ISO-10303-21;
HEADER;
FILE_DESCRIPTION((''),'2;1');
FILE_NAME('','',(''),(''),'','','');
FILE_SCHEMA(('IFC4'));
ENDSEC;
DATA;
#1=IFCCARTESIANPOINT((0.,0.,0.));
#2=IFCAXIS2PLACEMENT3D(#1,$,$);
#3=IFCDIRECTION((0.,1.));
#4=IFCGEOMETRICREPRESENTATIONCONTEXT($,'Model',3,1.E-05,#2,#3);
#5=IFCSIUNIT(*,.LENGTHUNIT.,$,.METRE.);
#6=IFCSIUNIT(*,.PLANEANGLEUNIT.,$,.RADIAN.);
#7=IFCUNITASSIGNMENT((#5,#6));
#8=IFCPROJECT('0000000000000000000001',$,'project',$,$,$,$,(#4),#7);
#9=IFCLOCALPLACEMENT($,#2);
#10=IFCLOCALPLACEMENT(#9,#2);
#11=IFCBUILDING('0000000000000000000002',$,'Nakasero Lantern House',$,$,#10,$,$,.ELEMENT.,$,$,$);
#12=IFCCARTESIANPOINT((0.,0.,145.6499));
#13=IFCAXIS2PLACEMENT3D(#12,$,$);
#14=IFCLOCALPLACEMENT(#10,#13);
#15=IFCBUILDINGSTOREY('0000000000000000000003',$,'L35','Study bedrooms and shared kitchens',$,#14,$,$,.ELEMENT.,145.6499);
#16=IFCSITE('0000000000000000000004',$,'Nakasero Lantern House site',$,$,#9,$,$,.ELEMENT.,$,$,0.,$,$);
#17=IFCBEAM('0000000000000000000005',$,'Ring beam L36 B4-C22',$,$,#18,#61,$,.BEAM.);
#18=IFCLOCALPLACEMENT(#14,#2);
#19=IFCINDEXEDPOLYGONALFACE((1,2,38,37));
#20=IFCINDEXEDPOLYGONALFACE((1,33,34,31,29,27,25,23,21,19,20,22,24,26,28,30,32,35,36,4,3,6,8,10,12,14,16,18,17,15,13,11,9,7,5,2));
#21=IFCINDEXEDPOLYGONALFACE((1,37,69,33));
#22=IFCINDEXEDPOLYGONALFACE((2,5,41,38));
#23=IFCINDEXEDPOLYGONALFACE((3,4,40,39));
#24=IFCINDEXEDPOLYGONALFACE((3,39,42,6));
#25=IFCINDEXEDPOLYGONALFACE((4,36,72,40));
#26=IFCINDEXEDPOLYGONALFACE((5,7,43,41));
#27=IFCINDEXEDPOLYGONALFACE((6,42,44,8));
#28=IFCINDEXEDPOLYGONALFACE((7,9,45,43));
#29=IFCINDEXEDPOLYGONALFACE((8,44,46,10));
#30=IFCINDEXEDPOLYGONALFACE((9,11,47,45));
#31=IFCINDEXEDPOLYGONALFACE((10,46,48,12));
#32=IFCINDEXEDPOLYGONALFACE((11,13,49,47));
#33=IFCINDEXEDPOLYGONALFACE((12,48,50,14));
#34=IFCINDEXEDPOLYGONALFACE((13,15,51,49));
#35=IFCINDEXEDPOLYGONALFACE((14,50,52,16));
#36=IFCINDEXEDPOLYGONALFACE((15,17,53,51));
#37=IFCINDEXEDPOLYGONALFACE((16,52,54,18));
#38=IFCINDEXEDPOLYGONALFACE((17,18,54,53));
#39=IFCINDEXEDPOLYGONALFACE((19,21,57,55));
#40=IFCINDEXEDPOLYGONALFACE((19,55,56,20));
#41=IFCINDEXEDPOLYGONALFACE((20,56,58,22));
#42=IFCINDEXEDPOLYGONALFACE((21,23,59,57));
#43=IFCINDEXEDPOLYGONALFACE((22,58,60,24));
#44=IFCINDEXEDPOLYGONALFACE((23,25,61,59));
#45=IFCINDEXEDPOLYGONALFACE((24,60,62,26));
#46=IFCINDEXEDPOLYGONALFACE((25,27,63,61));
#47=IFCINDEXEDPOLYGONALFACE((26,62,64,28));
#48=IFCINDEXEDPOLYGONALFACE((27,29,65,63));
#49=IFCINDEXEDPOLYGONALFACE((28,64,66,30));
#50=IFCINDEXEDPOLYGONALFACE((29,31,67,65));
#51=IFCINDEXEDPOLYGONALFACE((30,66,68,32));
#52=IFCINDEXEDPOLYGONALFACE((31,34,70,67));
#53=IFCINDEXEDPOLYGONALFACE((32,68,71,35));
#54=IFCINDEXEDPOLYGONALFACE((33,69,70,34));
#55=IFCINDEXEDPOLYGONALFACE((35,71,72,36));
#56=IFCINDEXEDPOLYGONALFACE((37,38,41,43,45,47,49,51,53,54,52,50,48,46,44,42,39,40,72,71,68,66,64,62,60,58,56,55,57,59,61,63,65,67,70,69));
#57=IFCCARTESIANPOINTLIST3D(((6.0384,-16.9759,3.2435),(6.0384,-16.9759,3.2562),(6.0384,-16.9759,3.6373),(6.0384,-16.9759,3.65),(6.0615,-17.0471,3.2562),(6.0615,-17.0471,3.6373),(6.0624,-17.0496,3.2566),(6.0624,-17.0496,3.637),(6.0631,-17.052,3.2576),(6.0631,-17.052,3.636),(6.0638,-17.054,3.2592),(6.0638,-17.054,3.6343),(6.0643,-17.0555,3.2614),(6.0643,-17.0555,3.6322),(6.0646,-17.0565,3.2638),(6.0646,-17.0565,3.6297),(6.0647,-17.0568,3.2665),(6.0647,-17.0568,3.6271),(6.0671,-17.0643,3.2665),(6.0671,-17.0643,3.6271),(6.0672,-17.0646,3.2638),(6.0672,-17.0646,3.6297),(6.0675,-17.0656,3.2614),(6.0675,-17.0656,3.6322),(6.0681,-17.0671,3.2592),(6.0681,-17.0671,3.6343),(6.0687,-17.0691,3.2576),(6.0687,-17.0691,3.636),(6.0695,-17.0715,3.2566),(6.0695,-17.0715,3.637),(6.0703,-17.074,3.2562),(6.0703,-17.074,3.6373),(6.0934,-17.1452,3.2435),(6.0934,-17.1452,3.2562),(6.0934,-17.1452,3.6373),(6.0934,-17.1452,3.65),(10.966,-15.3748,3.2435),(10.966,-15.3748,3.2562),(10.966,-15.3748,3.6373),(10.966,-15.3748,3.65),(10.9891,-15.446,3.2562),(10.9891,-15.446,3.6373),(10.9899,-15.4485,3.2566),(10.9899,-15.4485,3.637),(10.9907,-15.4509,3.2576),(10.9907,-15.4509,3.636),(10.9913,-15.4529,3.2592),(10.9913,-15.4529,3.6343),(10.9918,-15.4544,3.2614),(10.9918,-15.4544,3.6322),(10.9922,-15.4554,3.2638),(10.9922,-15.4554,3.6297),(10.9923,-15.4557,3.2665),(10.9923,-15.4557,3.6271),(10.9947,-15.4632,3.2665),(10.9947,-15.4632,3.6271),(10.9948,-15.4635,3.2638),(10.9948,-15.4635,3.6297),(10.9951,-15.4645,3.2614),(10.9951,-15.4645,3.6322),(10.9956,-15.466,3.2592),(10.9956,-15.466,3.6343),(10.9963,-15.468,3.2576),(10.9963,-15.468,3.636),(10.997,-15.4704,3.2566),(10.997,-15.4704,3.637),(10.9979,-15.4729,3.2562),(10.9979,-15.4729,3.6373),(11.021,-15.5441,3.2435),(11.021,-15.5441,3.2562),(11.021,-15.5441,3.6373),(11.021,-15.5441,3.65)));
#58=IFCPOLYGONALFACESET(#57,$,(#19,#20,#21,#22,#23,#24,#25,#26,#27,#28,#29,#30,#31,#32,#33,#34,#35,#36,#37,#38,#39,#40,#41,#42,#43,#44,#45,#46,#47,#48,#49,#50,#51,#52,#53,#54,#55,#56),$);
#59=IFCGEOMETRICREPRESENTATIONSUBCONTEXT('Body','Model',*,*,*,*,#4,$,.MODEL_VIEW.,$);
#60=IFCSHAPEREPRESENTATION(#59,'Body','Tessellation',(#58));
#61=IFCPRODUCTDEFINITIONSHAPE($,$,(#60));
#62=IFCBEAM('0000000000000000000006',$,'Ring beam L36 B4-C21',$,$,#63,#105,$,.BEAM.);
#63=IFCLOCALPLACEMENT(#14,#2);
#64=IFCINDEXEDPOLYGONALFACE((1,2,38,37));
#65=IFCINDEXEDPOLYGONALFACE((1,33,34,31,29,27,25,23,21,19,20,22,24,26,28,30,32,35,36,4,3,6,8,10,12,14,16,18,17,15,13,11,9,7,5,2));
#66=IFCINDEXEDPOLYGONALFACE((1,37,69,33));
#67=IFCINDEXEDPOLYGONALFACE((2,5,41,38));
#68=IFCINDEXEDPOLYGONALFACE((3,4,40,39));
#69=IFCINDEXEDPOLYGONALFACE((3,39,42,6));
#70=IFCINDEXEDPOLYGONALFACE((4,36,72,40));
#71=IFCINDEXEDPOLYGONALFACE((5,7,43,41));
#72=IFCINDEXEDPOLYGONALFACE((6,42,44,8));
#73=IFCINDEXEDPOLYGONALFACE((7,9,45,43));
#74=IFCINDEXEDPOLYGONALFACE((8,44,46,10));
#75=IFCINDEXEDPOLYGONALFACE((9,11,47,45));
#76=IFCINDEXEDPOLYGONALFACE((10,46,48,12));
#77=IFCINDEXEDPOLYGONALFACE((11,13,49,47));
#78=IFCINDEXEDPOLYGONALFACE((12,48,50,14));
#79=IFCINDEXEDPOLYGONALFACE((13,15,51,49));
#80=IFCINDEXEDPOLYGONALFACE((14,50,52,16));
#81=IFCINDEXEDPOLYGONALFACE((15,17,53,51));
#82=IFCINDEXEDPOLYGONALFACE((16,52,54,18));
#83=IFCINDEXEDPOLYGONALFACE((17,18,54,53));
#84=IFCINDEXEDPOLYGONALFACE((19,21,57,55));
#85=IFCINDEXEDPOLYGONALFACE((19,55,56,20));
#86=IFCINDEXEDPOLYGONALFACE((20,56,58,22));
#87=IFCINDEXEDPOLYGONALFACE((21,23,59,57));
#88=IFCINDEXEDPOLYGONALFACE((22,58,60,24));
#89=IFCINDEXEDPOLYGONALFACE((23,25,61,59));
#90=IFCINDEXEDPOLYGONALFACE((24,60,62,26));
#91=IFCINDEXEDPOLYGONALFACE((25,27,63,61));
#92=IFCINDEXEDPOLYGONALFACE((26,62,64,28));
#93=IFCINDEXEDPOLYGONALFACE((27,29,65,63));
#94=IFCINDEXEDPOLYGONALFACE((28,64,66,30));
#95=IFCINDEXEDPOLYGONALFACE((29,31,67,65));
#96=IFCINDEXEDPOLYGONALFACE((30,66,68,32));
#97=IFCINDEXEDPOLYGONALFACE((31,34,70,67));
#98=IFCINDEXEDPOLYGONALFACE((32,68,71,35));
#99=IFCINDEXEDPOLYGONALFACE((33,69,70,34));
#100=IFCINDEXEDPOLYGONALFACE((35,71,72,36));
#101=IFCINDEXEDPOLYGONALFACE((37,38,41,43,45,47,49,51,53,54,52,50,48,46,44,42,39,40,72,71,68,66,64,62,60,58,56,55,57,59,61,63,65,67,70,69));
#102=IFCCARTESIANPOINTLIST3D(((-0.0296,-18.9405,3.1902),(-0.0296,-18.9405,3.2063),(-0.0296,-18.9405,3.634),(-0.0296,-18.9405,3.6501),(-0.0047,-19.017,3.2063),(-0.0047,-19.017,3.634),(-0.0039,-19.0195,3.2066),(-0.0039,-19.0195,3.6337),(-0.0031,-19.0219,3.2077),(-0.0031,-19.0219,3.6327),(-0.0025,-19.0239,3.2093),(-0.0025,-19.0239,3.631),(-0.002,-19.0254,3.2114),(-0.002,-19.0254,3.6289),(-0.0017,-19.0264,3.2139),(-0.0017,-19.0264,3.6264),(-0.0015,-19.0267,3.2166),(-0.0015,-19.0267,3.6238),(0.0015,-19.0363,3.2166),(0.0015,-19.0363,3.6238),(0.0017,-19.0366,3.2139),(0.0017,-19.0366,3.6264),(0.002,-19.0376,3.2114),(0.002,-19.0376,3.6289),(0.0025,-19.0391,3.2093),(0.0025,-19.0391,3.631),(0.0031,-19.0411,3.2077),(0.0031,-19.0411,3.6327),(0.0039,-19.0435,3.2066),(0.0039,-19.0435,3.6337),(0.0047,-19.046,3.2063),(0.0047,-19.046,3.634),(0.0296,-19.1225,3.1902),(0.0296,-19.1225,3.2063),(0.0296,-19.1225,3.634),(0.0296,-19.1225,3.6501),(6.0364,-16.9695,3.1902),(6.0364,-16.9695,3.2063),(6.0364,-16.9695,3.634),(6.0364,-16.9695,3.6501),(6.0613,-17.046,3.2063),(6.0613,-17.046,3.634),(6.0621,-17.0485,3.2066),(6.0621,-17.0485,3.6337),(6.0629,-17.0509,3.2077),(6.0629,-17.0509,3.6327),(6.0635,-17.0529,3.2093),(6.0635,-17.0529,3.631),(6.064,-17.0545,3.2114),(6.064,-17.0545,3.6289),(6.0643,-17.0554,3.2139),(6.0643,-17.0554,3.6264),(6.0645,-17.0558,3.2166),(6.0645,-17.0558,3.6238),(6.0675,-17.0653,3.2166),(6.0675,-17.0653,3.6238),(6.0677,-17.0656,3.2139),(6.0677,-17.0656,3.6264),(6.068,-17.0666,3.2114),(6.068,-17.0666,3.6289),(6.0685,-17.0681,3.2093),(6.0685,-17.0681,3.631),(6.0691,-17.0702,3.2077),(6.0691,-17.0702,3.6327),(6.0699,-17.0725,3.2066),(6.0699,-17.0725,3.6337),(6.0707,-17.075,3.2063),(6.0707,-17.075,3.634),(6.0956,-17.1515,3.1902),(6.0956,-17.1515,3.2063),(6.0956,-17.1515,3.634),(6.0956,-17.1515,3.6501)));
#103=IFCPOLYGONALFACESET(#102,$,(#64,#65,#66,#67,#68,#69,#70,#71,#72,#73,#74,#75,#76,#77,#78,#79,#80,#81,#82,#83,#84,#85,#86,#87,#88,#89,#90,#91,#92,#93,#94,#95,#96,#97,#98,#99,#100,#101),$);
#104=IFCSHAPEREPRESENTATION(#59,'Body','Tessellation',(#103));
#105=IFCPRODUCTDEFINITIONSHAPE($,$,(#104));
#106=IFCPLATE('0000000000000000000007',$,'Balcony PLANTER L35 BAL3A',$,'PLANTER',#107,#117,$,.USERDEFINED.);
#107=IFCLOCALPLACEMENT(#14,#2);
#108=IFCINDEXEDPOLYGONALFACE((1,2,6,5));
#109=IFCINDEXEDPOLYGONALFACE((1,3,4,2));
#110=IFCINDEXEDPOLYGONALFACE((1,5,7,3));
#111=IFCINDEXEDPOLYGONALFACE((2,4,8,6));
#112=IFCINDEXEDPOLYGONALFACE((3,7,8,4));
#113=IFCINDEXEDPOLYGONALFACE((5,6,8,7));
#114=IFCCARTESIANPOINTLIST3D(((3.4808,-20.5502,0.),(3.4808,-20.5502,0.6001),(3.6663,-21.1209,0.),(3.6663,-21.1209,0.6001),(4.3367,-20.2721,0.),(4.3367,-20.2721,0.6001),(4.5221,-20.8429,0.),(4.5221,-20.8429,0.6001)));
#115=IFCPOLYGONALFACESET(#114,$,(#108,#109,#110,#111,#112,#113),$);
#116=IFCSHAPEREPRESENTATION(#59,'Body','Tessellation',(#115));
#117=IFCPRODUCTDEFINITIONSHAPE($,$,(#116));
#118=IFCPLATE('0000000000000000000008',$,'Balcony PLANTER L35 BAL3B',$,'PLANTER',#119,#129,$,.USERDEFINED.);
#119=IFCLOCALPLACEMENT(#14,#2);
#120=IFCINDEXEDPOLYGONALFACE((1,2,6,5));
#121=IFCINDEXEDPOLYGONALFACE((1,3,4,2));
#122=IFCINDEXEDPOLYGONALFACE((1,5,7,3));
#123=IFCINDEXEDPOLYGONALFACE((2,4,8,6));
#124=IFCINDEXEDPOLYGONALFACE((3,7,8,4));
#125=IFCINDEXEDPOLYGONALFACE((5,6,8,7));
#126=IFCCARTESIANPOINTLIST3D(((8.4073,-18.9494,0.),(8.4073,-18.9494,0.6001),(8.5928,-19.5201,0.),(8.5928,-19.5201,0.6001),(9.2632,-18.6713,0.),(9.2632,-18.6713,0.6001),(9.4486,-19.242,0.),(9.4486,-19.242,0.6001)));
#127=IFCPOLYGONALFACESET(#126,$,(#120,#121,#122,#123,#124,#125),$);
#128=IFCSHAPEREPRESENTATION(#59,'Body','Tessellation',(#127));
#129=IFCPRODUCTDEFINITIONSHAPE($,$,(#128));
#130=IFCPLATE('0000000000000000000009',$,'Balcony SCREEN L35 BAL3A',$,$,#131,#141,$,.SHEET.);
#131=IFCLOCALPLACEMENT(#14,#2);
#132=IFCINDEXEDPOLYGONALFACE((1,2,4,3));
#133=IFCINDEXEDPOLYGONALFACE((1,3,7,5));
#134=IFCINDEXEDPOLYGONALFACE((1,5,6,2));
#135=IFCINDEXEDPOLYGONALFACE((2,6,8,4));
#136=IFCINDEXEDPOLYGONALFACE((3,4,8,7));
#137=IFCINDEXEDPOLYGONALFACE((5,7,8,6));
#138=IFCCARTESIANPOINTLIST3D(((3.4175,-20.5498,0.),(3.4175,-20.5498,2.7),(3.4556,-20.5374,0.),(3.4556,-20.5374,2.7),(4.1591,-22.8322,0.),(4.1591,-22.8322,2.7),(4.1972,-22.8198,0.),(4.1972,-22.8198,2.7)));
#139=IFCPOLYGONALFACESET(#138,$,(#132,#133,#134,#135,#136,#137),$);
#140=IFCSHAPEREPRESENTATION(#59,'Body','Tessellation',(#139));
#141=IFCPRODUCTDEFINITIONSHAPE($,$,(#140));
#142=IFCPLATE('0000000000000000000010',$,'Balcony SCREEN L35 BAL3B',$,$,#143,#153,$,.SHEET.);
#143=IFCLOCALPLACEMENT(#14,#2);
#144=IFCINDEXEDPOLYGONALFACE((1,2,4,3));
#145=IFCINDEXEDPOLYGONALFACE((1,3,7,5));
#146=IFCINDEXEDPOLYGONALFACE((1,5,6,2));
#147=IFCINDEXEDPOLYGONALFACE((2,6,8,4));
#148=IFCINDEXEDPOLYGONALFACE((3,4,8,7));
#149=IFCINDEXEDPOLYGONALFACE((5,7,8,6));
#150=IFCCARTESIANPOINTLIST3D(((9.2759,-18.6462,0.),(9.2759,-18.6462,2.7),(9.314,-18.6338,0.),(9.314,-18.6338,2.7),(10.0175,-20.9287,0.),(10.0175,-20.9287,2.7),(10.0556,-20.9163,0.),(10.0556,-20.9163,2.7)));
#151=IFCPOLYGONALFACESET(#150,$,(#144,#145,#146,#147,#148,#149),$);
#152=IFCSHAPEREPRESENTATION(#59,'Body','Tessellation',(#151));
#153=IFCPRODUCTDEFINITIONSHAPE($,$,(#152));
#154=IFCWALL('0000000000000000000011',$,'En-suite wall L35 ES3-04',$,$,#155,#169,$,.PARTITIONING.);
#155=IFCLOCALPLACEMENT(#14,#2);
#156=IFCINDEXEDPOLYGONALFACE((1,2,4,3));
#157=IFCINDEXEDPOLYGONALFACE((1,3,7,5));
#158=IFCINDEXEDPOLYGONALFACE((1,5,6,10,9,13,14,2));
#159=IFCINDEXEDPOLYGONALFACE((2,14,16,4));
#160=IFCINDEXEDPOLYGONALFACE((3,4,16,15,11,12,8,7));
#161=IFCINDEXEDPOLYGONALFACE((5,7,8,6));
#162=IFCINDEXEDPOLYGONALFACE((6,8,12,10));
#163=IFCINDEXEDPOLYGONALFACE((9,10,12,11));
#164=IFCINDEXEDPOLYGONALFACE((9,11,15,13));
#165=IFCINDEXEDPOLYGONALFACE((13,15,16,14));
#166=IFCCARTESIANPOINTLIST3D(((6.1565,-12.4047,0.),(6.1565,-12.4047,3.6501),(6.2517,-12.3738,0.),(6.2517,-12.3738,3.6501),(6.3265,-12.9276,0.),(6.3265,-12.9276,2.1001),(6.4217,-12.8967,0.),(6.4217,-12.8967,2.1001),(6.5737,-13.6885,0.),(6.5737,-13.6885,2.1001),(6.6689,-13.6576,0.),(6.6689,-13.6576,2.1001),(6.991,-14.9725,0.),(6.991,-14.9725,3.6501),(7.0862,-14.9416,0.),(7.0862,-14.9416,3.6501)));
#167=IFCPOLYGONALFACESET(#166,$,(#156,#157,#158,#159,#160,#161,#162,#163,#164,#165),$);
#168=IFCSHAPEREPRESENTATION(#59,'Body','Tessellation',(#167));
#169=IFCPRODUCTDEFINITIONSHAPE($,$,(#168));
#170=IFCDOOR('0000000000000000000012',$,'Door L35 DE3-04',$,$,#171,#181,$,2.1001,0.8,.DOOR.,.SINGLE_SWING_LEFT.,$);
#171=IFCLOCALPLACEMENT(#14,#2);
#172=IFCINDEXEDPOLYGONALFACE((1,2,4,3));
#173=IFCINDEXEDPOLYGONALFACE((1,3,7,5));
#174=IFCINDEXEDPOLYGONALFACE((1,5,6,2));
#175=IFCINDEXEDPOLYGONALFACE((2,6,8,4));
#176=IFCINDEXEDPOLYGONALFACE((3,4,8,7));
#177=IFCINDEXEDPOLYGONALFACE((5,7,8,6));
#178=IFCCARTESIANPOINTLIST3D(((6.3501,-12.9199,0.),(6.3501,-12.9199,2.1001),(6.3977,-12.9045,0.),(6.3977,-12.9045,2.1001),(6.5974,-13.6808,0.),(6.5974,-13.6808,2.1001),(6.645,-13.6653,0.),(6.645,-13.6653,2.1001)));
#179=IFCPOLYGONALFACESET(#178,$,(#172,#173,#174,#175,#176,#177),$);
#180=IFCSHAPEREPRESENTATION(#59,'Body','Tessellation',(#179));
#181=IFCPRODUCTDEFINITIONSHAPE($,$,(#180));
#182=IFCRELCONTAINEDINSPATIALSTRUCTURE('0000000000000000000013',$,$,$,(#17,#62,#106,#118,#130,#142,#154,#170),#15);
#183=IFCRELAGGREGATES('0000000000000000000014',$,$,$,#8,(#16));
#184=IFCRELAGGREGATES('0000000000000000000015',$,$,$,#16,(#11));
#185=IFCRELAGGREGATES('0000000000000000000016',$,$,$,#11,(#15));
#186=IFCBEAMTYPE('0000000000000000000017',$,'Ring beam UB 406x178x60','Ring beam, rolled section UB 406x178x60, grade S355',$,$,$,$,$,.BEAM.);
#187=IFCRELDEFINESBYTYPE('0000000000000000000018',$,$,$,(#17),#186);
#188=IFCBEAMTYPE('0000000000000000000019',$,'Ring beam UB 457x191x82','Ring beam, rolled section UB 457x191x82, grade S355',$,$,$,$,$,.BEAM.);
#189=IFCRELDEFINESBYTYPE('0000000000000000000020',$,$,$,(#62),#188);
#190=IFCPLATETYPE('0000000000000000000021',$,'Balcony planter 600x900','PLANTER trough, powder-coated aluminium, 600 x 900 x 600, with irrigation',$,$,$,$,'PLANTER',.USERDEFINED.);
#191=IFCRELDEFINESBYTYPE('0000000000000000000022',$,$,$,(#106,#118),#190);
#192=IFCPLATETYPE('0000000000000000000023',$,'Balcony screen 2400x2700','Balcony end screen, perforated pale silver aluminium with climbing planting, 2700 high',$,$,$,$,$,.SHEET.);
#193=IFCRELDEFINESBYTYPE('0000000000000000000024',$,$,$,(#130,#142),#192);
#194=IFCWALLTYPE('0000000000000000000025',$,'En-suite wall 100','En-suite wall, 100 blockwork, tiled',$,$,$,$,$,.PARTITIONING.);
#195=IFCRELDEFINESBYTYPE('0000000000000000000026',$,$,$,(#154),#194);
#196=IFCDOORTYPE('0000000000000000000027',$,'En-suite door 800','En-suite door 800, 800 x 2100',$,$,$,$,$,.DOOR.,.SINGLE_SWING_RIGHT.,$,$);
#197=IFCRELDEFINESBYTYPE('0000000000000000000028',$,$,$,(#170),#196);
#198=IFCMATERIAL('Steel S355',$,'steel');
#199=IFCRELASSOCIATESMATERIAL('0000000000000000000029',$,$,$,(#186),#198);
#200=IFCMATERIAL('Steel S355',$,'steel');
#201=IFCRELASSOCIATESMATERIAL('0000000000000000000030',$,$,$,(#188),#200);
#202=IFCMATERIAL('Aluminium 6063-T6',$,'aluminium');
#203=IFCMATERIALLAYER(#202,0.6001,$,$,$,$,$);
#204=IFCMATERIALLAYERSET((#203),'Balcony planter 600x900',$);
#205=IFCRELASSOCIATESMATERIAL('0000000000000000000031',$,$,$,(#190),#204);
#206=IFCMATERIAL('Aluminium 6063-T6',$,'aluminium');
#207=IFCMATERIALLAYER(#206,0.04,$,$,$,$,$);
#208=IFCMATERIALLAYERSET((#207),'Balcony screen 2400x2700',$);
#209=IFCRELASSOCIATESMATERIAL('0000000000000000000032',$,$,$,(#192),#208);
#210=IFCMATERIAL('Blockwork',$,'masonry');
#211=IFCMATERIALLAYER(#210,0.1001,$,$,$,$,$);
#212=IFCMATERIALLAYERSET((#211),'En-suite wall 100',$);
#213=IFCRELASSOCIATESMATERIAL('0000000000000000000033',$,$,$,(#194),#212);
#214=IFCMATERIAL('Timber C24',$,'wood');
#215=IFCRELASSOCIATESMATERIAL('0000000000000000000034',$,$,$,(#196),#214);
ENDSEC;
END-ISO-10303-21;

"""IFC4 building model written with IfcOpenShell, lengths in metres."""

from ifc_helpers import new_model, si_unit, direction, frame, frame_2d, origin, origin_2d, place, context, subcontext, project, spatial, rectangle, i_section, extrude, material, layer, layer_set, material_profile, profile_set, type_object, element, fill, save


model = new_model("IFC4")

# Units and contexts
model_context = context("Model", 3, precision=1e-05, world=origin(), true_north=direction((0.0, 1.0)))
body_context = subcontext(model_context, "Body", "Model", "MODEL_VIEW")
ifc_project = project(units=[si_unit("LENGTHUNIT", "METRE"), si_unit("PLANEANGLEUNIT", "RADIAN")], contexts=[model_context])

# Site, building, storey
site_placement = place(None, origin())
site = spatial("IfcSite", under=ifc_project, at=site_placement, Name="Nakasero Lantern House site", CompositionType="ELEMENT", RefElevation=0.0)
building_placement = place(site_placement, origin())
building = spatial("IfcBuilding", under=site, at=building_placement, Name="Nakasero Lantern House", CompositionType="ELEMENT")
storey_placement = place(building_placement, frame((0.0, 0.0, 145.6499)))
storey = spatial("IfcBuildingStorey", under=building, at=storey_placement, Name="L35", Description="Study bedrooms and shared kitchens", CompositionType="ELEMENT", Elevation=145.6499)

# Beams
ifc_material_1 = material(Name="Steel S355", Category="steel")
ifc_material_profile_1 = material_profile(ifc_material_1, i_section(OverallWidth=0.178, OverallDepth=0.4065, WebThickness=0.0078, FlangeThickness=0.0127, FilletRadius=0.0103, at=origin_2d()), Name="UB 406x178x60")
ifc_profile_set_1 = profile_set([ifc_material_profile_1], Name="Steel S355")
beam_type_1 = type_object("IfcBeamType", Name="Ring beam UB 406x178x60", Description="Ring beam, rolled section UB 406x178x60, grade S355", PredefinedType="BEAM", material=ifc_profile_set_1)
beam_1_placement = place(storey_placement, frame((6.0659, -17.0605, 3.4468), z_axis=(0.951054, 0.309023, 0.0), x_axis=(-0.309023, 0.951054, 0.0)))
element("IfcBeam", 1, at=beam_1_placement, inside=storey, type_object=beam_type_1, Name="Ring beam L36 B4-C22", PredefinedType="BEAM", context=body_context, shape_type="SweptSolid", body=[
    extrude(i_section(OverallWidth=0.178, OverallDepth=0.4065, WebThickness=0.0078, FlangeThickness=0.0127, FilletRadius=0.0103, at=origin_2d()), origin(), (0.0, 0.0, 1.0), 5.1812),
])
ifc_material_2 = material(Name="Steel S355", Category="steel")
ifc_material_profile_2 = material_profile(ifc_material_2, i_section(OverallWidth=0.1914, OverallDepth=0.46, WebThickness=0.01, FlangeThickness=0.0161, FilletRadius=0.0103, at=origin_2d()), Name="UB 457x191x82")
ifc_profile_set_2 = profile_set([ifc_material_profile_2], Name="Steel S355")
beam_type_2 = type_object("IfcBeamType", Name="Ring beam UB 457x191x82", Description="Ring beam, rolled section UB 457x191x82, grade S355", PredefinedType="BEAM", material=ifc_profile_set_2)
beam_2_placement = place(storey_placement, frame((0.0, -19.0315, 3.4202), z_axis=(0.951056, 0.309019, 0.0), x_axis=(-0.309019, 0.951056, 0.0)))
element("IfcBeam", 2, at=beam_2_placement, inside=storey, type_object=beam_type_2, Name="Ring beam L36 B4-C21", PredefinedType="BEAM", context=body_context, shape_type="SweptSolid", body=[
    extrude(i_section(OverallWidth=0.1914, OverallDepth=0.46, WebThickness=0.01, FlangeThickness=0.0161, FilletRadius=0.0103, at=origin_2d()), origin(), (0.0, 0.0, 1.0), 6.3782),
])

# Plates
ifc_material_3 = material(Name="Aluminium 6063-T6", Category="aluminium")
ifc_layer_1 = layer(ifc_material_3, 0.6001)
ifc_layer_set_1 = layer_set([ifc_layer_1], Name="Balcony planter 600x900")
plate_type_1 = type_object("IfcPlateType", Name="Balcony planter 600x900", Description="PLANTER trough, powder-coated aluminium, 600 x 900 x 600, with irrigation", ElementType="PLANTER", PredefinedType="USERDEFINED", material=ifc_layer_set_1)
for number, where, z_axis, x_axis, name in (
    (3, (4.0015, -20.6965, 0.0), (0.0, 0.0, 1.0), (0.309017, -0.951057, 0.0), "Balcony PLANTER L35 BAL3A"),
    (4, (8.928, -19.0957, 0.0), (0.0, 0.0, 1.0), (0.309017, -0.951057, 0.0), "Balcony PLANTER L35 BAL3B"),
):
    element("IfcPlate", number, at=place(storey_placement, frame(where, z_axis=z_axis, x_axis=x_axis)), inside=storey, type_object=plate_type_1, Name=name, ObjectType="PLANTER", PredefinedType="USERDEFINED", context=body_context, shape_type="SweptSolid", body=[
        extrude(rectangle(XDim=0.6001, YDim=0.8999, at=origin_2d()), origin(), (0.0, 0.0, 1.0), 0.6001),
    ])
ifc_material_4 = material(Name="Aluminium 6063-T6", Category="aluminium")
ifc_layer_2 = layer(ifc_material_4, 0.04)
ifc_layer_set_2 = layer_set([ifc_layer_2], Name="Balcony screen 2400x2700")
plate_type_2 = type_object("IfcPlateType", Name="Balcony screen 2400x2700", Description="Balcony end screen, perforated pale silver aluminium with climbing planting, 2700 high", PredefinedType="SHEET", material=ifc_layer_set_2)
for number, where, z_axis, x_axis, name in (
    (5, (3.8074, -21.6848, 0.0), (0.0, 0.0, 1.0), (0.309017, -0.951057, 0.0), "Balcony SCREEN L35 BAL3A"),
    (6, (9.6658, -19.7812, 0.0), (0.0, 0.0, 1.0), (0.309017, -0.951057, 0.0), "Balcony SCREEN L35 BAL3B"),
):
    element("IfcPlate", number, at=place(storey_placement, frame(where, z_axis=z_axis, x_axis=x_axis)), inside=storey, type_object=plate_type_2, Name=name, PredefinedType="SHEET", context=body_context, shape_type="SweptSolid", body=[
        extrude(rectangle(XDim=2.3999, YDim=0.04, at=origin_2d()), origin(), (0.0, 0.0, 1.0), 2.7),
    ])

# Wall, opening, door
ifc_material_5 = material(Name="Blockwork", Category="masonry")
ifc_layer_3 = layer(ifc_material_5, 0.1001)
ifc_layer_set_3 = layer_set([ifc_layer_3], Name="En-suite wall 100")
wall_type_1 = type_object("IfcWallType", Name="En-suite wall 100", Description="En-suite wall, 100 blockwork, tiled", PredefinedType="PARTITIONING", material=ifc_layer_set_3)
wall_1_placement = place(storey_placement, frame((6.2041, -12.3892, 0.0), z_axis=(0.0, 0.0, 1.0), x_axis=(0.309057, -0.951043, 0.0)))
wall_1 = element("IfcWall", 7, at=wall_1_placement, inside=storey, type_object=wall_type_1, Name="En-suite wall L35 ES3-04", PredefinedType="PARTITIONING", context=body_context, shape_type="SweptSolid", body=[
    extrude(rectangle(XDim=2.7, YDim=0.1001, at=frame_2d((1.3501, 0.0))), origin(), (0.0, 0.0, 1.0), 3.6501),
])
opening_1_placement = place(wall_1_placement, frame((0.55, 0.0, 0.0)))
opening_1 = element("IfcOpeningElement", 8, at=opening_1_placement, cuts=wall_1, PredefinedType="OPENING", context=body_context, shape_type="SweptSolid", body=[
    extrude(rectangle(XDim=0.8, YDim=2.1001, at=frame_2d((0.3999, 1.05))), frame((0.0, 0.0701, 0.0), z_axis=(0.0, -1.0, 0.0), x_axis=(1.0, 0.0, 0.0)), (0.0, 0.0, 1.0), 0.1401),
])
ifc_material_6 = material(Name="Timber C24", Category="wood")
door_type_1 = type_object("IfcDoorType", Name="En-suite door 800", Description="En-suite door 800, 800 x 2100", OperationType="SINGLE_SWING_RIGHT", PredefinedType="DOOR", material=ifc_material_6)
door_1_placement = place(opening_1_placement, origin())
door_1 = element("IfcDoor", 9, at=door_1_placement, inside=storey, type_object=door_type_1, Name="Door L35 DE3-04", OperationType="SINGLE_SWING_LEFT", OverallHeight=2.1001, OverallWidth=0.8, PredefinedType="DOOR", context=body_context, shape_type="SweptSolid", body=[
    extrude(rectangle(XDim=0.8, YDim=2.1001, at=frame_2d((0.3999, 1.05))), frame((0.0, 0.0249, 0.0), z_axis=(0.0, -1.0, 0.0), x_axis=(1.0, 0.0, 0.0)), (0.0, 0.0, 1.0), 0.05),
])
fill(opening_1, door_1)

save(model, "model.ifc")
